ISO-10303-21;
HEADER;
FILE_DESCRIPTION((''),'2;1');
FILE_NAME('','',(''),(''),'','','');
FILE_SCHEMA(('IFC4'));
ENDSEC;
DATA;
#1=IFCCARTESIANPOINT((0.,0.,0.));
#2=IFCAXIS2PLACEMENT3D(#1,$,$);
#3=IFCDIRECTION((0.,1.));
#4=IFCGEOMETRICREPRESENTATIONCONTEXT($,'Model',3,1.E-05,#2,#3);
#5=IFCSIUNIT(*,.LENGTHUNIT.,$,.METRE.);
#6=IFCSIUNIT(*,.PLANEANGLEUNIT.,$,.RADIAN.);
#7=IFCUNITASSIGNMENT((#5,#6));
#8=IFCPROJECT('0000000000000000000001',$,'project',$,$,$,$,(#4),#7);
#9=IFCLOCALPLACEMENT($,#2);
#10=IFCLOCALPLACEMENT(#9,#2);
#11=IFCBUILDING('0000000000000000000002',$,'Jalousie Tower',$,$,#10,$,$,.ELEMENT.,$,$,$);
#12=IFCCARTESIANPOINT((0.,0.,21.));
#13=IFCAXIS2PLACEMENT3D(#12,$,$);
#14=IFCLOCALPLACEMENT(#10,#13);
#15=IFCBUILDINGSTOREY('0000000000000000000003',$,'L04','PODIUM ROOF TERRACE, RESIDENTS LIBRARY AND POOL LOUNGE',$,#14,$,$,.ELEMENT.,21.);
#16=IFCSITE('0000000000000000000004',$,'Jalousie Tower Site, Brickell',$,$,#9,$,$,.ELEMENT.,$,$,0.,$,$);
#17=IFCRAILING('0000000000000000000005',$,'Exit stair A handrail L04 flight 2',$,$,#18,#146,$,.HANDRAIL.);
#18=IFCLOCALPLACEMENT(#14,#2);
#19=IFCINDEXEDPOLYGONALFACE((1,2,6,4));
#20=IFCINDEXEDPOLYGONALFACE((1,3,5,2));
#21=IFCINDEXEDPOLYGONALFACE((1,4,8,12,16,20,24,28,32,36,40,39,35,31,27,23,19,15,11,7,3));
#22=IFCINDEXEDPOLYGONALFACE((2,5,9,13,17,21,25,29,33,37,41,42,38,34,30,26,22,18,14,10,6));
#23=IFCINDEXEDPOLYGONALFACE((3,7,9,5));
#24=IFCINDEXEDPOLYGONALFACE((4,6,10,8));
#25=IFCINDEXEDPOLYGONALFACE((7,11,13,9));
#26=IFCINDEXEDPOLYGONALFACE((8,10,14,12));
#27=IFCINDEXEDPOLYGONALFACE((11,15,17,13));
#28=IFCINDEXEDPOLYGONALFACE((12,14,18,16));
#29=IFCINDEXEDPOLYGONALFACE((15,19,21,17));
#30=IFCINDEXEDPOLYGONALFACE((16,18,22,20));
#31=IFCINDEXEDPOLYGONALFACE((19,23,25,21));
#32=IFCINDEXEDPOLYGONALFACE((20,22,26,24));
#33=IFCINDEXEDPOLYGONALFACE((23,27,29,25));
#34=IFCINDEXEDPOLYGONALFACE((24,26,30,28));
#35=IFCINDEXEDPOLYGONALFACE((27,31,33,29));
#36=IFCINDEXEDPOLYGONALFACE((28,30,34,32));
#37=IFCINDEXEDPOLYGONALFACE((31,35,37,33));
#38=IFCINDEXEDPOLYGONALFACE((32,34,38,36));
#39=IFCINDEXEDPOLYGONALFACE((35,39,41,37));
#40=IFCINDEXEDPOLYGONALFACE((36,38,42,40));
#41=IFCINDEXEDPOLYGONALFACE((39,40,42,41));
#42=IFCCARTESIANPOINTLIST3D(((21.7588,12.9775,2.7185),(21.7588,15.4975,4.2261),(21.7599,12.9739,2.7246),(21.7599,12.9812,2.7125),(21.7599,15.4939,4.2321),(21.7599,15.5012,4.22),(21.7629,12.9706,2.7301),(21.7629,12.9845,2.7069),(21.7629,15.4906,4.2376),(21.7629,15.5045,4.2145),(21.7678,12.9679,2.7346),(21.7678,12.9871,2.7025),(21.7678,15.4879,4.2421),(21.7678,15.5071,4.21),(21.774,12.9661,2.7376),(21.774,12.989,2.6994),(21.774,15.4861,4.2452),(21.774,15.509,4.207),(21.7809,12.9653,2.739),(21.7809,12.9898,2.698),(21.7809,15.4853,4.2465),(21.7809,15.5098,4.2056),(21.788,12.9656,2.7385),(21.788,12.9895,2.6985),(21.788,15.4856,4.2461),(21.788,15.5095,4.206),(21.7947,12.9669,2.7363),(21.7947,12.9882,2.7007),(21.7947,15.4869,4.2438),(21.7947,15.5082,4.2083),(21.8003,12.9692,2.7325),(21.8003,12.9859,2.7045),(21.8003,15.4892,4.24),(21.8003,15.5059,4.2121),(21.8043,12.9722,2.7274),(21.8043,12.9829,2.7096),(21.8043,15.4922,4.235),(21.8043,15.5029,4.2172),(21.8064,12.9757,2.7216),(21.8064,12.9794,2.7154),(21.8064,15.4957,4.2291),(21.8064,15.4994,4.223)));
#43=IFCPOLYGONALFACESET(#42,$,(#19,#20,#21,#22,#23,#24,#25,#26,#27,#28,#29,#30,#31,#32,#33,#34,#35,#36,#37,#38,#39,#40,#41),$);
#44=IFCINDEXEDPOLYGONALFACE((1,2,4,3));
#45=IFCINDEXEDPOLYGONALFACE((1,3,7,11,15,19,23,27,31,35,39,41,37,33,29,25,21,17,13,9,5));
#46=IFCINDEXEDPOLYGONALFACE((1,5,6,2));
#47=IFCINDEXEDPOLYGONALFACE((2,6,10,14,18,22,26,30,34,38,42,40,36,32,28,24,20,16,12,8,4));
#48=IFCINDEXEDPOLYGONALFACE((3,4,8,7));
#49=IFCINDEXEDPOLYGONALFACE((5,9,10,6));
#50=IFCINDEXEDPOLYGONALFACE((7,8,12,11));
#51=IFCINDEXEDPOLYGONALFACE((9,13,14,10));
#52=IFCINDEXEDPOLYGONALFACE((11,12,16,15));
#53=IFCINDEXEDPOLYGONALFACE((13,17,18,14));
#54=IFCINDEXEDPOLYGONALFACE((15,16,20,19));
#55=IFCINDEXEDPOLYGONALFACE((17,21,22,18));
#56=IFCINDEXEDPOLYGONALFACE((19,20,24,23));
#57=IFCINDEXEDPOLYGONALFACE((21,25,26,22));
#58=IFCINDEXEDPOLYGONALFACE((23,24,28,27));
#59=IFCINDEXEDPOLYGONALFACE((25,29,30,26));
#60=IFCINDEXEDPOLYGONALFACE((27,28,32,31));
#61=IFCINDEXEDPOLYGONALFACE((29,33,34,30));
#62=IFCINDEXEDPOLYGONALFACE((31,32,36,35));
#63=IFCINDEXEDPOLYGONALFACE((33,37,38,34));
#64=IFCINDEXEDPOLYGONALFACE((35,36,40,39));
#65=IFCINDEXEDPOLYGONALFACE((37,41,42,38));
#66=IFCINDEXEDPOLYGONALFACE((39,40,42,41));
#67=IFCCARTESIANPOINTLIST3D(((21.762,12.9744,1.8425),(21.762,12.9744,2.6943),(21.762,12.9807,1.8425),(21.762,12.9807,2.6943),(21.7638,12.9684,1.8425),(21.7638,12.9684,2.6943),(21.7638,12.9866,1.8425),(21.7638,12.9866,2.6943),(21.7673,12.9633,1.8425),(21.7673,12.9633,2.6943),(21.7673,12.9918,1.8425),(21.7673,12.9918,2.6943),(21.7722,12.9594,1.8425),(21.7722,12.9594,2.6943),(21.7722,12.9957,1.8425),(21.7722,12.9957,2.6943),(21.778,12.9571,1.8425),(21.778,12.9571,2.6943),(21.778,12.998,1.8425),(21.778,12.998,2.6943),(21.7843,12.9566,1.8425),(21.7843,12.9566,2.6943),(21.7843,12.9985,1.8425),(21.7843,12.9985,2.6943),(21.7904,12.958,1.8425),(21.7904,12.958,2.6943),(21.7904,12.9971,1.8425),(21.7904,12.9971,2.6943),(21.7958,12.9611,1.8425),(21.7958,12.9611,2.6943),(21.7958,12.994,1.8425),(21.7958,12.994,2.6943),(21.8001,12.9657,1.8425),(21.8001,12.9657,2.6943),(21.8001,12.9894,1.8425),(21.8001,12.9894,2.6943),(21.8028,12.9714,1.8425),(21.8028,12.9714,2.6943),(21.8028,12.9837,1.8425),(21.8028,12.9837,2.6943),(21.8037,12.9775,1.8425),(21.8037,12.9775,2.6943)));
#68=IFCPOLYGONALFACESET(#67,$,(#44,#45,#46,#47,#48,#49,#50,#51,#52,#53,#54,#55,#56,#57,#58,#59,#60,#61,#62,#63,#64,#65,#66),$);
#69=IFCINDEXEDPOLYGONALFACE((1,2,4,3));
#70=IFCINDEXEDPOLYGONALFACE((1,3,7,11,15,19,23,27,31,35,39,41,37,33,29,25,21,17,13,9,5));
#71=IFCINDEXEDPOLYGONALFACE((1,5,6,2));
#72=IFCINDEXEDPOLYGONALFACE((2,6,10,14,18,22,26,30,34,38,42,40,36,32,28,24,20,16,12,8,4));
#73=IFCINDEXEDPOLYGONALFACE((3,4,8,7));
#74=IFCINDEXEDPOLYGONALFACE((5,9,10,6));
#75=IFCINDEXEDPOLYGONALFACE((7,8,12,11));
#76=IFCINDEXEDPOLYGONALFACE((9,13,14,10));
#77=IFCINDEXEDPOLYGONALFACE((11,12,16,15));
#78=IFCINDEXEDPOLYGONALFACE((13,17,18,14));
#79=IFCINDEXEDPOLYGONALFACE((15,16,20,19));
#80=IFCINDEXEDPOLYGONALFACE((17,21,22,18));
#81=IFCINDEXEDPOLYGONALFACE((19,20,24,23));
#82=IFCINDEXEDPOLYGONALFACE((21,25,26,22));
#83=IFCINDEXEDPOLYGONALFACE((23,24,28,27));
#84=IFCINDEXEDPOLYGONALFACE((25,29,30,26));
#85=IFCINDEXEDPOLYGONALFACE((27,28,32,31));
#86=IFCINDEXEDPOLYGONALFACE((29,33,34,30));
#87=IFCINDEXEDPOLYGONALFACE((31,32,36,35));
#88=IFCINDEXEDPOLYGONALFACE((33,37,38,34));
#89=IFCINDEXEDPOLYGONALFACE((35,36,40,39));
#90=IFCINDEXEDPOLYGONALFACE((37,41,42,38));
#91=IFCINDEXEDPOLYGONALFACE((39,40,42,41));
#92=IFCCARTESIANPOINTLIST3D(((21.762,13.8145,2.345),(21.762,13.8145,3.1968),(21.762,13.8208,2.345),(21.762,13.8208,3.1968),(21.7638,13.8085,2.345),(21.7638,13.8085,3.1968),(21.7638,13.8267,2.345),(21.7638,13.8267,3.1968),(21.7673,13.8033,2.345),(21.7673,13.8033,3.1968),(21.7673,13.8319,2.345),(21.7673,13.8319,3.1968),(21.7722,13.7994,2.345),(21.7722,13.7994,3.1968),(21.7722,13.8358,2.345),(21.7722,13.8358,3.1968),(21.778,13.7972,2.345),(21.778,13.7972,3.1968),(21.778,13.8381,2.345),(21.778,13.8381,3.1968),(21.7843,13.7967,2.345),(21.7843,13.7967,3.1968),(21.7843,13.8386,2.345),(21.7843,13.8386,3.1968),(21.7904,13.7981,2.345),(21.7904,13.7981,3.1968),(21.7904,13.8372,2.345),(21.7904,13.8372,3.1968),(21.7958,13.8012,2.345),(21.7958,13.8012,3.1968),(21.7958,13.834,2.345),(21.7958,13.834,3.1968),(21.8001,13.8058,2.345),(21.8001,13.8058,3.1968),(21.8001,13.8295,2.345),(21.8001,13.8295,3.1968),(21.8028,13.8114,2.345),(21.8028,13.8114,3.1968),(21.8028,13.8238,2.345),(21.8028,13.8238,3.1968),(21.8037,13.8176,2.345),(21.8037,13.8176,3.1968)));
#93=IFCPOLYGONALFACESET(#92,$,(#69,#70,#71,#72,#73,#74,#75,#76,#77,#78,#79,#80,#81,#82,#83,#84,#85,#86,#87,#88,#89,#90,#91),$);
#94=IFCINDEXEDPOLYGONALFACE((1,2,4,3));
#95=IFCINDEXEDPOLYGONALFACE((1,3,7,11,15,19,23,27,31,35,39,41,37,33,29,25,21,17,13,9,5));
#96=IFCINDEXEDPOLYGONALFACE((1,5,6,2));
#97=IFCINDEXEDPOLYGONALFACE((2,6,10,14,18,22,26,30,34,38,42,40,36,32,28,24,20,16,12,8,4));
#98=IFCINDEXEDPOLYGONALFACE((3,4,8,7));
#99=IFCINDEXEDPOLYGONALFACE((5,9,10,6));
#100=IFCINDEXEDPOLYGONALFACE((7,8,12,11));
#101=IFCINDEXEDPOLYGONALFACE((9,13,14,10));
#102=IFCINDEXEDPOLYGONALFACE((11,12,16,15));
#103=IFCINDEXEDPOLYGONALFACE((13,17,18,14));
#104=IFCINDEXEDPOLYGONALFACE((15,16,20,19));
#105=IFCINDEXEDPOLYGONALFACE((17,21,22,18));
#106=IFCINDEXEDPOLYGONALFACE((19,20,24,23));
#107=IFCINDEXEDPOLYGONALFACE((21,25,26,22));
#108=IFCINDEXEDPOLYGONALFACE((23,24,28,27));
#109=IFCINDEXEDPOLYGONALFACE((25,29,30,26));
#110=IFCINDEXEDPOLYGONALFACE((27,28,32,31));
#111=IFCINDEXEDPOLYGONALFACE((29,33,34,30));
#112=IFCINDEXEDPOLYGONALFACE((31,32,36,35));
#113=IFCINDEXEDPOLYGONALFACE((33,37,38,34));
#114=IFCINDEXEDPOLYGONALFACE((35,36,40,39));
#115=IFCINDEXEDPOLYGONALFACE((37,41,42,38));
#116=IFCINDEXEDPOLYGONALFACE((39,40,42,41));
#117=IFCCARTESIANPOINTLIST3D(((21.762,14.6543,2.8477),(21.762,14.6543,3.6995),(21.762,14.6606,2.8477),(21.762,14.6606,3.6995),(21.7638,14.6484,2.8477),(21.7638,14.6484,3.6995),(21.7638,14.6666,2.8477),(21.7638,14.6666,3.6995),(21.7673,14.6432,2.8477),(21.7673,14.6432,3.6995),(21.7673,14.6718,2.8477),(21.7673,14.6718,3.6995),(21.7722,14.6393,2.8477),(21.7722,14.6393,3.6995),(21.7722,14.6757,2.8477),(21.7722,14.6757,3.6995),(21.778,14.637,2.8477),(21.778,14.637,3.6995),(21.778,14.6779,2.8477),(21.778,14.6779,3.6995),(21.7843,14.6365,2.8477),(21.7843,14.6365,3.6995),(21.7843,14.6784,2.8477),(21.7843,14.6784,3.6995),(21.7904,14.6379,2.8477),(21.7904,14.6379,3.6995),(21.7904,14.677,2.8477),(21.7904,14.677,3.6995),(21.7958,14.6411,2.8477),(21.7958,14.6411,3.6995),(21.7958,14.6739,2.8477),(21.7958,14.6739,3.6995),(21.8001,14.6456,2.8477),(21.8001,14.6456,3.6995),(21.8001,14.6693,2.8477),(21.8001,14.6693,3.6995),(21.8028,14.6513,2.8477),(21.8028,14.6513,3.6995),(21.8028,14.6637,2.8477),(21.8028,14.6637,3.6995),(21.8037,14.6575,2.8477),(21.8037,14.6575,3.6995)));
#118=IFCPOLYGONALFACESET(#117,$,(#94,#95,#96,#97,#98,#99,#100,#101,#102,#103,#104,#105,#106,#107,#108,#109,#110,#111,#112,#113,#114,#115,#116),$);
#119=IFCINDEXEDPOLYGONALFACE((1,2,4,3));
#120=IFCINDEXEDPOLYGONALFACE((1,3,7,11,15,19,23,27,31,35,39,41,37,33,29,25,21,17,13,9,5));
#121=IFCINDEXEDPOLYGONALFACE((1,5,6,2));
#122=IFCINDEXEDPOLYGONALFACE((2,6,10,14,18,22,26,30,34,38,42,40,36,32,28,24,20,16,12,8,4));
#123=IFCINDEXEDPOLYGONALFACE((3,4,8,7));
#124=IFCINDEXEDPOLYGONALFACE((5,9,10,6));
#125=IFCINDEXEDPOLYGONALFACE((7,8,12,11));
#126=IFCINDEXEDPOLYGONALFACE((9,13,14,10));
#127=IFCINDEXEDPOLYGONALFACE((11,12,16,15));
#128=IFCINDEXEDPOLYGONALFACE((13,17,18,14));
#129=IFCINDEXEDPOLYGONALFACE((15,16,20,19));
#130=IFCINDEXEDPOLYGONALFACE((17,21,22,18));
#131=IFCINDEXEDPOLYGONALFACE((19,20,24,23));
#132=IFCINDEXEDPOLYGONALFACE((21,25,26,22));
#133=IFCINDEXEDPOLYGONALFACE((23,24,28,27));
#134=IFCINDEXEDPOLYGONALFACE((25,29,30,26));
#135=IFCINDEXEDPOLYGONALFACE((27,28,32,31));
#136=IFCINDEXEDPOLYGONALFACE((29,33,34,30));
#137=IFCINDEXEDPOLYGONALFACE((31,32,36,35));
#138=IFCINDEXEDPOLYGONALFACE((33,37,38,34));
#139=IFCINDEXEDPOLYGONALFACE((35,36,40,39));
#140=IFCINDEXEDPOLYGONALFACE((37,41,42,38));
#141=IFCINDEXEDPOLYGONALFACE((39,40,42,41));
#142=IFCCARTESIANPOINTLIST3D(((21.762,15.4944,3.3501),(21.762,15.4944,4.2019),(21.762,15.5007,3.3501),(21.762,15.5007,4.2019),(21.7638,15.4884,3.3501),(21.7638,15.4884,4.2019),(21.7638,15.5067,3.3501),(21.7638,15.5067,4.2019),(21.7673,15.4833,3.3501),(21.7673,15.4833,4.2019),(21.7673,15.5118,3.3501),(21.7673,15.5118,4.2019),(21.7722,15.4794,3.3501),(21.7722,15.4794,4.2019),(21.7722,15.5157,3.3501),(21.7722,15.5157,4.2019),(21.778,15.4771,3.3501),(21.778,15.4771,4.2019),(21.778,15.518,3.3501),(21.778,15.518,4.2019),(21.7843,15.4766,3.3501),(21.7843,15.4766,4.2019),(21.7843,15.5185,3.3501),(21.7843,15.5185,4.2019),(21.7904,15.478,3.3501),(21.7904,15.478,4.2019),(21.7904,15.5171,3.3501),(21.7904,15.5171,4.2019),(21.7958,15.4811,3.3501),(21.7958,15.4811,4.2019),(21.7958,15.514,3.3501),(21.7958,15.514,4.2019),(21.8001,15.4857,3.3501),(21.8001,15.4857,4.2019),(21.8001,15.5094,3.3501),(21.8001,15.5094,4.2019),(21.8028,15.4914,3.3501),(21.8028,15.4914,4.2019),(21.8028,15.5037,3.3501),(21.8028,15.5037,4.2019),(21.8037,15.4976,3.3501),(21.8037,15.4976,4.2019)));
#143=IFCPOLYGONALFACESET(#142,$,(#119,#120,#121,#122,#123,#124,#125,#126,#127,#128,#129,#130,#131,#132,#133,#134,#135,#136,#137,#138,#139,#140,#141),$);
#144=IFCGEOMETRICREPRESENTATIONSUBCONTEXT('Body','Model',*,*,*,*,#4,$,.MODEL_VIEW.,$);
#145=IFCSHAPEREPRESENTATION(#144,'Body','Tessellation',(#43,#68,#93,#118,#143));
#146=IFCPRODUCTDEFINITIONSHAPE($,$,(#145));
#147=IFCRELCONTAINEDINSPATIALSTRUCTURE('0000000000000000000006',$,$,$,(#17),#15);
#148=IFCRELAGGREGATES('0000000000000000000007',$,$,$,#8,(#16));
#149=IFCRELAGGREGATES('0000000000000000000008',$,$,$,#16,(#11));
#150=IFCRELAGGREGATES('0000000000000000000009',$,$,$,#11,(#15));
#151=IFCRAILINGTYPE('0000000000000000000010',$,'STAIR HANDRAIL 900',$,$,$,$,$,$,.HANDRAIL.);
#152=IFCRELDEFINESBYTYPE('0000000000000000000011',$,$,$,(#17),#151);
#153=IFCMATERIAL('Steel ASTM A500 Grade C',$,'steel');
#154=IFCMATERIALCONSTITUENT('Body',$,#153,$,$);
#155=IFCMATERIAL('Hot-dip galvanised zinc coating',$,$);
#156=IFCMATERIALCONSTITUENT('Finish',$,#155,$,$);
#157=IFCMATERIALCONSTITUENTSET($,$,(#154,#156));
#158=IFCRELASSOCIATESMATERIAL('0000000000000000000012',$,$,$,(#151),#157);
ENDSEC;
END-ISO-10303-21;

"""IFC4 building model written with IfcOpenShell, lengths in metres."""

from ifc_helpers import new_model, si_unit, direction, frame, origin, origin_2d, place, context, subcontext, project, spatial, circle, extrude, material, constituent, constituent_set, type_object, element, save


model = new_model("IFC4")

# Units and contexts
model_context = context("Model", 3, precision=1e-05, world=origin(), true_north=direction((0.0, 1.0)))
body_context = subcontext(model_context, "Body", "Model", "MODEL_VIEW")
ifc_project = project(units=[si_unit("LENGTHUNIT", "METRE"), si_unit("PLANEANGLEUNIT", "RADIAN")], contexts=[model_context])

# Site, building, storey
site_placement = place(None, origin())
site = spatial("IfcSite", under=ifc_project, at=site_placement, Name="Jalousie Tower Site, Brickell", CompositionType="ELEMENT", RefElevation=0.0)
building_placement = place(site_placement, origin())
building = spatial("IfcBuilding", under=site, at=building_placement, Name="Jalousie Tower", CompositionType="ELEMENT")
storey_placement = place(building_placement, frame((0.0, 0.0, 21.0)))
storey = spatial("IfcBuildingStorey", under=building, at=storey_placement, Name="L04", Description="PODIUM ROOF TERRACE, RESIDENTS LIBRARY AND POOL LOUNGE", CompositionType="ELEMENT", Elevation=21.0)

# Railing
ifc_material_1 = material(Name="Steel ASTM A500 Grade C", Category="steel")
ifc_constituent_1 = constituent(ifc_material_1, Name="Body")
ifc_material_2 = material(Name="Hot-dip galvanised zinc coating")
ifc_constituent_2 = constituent(ifc_material_2, Name="Finish")
ifc_constituent_set_1 = constituent_set(constituents=[ifc_constituent_1, ifc_constituent_2])
railing_type_1 = type_object("IfcRailingType", Name="STAIR HANDRAIL 900", PredefinedType="HANDRAIL", material=ifc_constituent_set_1)
railing_1_placement = place(storey_placement, frame((21.7827, 12.9775, 1.8425)))
element("IfcRailing", 1, at=railing_1_placement, inside=storey, type_object=railing_type_1, Name="Exit stair A handrail L04 flight 2", PredefinedType="HANDRAIL", context=body_context, shape_type="SweptSolid", body=[
    extrude(circle(Radius=0.0239, at=origin_2d()), frame((0.0, 0.0, 0.876), z_axis=(0.0, 0.85816, 0.513383), x_axis=(-1.0, 0.0, 0.0)), (0.0, 0.0, 1.0), 2.9365),
    extrude(circle(Radius=0.021, at=origin_2d()), origin(), (0.0, 0.0, 1.0), 0.8518),
    extrude(circle(Radius=0.021, at=origin_2d()), frame((0.0, 0.8401, 0.5024)), (0.0, 0.0, 1.0), 0.8518),
    extrude(circle(Radius=0.021, at=origin_2d()), frame((0.0, 1.6799, 1.0051)), (0.0, 0.0, 1.0), 0.8518),
    extrude(circle(Radius=0.021, at=origin_2d()), frame((0.0, 2.52, 1.5076)), (0.0, 0.0, 1.0), 0.8518),
])

save(model, "model.ifc")
